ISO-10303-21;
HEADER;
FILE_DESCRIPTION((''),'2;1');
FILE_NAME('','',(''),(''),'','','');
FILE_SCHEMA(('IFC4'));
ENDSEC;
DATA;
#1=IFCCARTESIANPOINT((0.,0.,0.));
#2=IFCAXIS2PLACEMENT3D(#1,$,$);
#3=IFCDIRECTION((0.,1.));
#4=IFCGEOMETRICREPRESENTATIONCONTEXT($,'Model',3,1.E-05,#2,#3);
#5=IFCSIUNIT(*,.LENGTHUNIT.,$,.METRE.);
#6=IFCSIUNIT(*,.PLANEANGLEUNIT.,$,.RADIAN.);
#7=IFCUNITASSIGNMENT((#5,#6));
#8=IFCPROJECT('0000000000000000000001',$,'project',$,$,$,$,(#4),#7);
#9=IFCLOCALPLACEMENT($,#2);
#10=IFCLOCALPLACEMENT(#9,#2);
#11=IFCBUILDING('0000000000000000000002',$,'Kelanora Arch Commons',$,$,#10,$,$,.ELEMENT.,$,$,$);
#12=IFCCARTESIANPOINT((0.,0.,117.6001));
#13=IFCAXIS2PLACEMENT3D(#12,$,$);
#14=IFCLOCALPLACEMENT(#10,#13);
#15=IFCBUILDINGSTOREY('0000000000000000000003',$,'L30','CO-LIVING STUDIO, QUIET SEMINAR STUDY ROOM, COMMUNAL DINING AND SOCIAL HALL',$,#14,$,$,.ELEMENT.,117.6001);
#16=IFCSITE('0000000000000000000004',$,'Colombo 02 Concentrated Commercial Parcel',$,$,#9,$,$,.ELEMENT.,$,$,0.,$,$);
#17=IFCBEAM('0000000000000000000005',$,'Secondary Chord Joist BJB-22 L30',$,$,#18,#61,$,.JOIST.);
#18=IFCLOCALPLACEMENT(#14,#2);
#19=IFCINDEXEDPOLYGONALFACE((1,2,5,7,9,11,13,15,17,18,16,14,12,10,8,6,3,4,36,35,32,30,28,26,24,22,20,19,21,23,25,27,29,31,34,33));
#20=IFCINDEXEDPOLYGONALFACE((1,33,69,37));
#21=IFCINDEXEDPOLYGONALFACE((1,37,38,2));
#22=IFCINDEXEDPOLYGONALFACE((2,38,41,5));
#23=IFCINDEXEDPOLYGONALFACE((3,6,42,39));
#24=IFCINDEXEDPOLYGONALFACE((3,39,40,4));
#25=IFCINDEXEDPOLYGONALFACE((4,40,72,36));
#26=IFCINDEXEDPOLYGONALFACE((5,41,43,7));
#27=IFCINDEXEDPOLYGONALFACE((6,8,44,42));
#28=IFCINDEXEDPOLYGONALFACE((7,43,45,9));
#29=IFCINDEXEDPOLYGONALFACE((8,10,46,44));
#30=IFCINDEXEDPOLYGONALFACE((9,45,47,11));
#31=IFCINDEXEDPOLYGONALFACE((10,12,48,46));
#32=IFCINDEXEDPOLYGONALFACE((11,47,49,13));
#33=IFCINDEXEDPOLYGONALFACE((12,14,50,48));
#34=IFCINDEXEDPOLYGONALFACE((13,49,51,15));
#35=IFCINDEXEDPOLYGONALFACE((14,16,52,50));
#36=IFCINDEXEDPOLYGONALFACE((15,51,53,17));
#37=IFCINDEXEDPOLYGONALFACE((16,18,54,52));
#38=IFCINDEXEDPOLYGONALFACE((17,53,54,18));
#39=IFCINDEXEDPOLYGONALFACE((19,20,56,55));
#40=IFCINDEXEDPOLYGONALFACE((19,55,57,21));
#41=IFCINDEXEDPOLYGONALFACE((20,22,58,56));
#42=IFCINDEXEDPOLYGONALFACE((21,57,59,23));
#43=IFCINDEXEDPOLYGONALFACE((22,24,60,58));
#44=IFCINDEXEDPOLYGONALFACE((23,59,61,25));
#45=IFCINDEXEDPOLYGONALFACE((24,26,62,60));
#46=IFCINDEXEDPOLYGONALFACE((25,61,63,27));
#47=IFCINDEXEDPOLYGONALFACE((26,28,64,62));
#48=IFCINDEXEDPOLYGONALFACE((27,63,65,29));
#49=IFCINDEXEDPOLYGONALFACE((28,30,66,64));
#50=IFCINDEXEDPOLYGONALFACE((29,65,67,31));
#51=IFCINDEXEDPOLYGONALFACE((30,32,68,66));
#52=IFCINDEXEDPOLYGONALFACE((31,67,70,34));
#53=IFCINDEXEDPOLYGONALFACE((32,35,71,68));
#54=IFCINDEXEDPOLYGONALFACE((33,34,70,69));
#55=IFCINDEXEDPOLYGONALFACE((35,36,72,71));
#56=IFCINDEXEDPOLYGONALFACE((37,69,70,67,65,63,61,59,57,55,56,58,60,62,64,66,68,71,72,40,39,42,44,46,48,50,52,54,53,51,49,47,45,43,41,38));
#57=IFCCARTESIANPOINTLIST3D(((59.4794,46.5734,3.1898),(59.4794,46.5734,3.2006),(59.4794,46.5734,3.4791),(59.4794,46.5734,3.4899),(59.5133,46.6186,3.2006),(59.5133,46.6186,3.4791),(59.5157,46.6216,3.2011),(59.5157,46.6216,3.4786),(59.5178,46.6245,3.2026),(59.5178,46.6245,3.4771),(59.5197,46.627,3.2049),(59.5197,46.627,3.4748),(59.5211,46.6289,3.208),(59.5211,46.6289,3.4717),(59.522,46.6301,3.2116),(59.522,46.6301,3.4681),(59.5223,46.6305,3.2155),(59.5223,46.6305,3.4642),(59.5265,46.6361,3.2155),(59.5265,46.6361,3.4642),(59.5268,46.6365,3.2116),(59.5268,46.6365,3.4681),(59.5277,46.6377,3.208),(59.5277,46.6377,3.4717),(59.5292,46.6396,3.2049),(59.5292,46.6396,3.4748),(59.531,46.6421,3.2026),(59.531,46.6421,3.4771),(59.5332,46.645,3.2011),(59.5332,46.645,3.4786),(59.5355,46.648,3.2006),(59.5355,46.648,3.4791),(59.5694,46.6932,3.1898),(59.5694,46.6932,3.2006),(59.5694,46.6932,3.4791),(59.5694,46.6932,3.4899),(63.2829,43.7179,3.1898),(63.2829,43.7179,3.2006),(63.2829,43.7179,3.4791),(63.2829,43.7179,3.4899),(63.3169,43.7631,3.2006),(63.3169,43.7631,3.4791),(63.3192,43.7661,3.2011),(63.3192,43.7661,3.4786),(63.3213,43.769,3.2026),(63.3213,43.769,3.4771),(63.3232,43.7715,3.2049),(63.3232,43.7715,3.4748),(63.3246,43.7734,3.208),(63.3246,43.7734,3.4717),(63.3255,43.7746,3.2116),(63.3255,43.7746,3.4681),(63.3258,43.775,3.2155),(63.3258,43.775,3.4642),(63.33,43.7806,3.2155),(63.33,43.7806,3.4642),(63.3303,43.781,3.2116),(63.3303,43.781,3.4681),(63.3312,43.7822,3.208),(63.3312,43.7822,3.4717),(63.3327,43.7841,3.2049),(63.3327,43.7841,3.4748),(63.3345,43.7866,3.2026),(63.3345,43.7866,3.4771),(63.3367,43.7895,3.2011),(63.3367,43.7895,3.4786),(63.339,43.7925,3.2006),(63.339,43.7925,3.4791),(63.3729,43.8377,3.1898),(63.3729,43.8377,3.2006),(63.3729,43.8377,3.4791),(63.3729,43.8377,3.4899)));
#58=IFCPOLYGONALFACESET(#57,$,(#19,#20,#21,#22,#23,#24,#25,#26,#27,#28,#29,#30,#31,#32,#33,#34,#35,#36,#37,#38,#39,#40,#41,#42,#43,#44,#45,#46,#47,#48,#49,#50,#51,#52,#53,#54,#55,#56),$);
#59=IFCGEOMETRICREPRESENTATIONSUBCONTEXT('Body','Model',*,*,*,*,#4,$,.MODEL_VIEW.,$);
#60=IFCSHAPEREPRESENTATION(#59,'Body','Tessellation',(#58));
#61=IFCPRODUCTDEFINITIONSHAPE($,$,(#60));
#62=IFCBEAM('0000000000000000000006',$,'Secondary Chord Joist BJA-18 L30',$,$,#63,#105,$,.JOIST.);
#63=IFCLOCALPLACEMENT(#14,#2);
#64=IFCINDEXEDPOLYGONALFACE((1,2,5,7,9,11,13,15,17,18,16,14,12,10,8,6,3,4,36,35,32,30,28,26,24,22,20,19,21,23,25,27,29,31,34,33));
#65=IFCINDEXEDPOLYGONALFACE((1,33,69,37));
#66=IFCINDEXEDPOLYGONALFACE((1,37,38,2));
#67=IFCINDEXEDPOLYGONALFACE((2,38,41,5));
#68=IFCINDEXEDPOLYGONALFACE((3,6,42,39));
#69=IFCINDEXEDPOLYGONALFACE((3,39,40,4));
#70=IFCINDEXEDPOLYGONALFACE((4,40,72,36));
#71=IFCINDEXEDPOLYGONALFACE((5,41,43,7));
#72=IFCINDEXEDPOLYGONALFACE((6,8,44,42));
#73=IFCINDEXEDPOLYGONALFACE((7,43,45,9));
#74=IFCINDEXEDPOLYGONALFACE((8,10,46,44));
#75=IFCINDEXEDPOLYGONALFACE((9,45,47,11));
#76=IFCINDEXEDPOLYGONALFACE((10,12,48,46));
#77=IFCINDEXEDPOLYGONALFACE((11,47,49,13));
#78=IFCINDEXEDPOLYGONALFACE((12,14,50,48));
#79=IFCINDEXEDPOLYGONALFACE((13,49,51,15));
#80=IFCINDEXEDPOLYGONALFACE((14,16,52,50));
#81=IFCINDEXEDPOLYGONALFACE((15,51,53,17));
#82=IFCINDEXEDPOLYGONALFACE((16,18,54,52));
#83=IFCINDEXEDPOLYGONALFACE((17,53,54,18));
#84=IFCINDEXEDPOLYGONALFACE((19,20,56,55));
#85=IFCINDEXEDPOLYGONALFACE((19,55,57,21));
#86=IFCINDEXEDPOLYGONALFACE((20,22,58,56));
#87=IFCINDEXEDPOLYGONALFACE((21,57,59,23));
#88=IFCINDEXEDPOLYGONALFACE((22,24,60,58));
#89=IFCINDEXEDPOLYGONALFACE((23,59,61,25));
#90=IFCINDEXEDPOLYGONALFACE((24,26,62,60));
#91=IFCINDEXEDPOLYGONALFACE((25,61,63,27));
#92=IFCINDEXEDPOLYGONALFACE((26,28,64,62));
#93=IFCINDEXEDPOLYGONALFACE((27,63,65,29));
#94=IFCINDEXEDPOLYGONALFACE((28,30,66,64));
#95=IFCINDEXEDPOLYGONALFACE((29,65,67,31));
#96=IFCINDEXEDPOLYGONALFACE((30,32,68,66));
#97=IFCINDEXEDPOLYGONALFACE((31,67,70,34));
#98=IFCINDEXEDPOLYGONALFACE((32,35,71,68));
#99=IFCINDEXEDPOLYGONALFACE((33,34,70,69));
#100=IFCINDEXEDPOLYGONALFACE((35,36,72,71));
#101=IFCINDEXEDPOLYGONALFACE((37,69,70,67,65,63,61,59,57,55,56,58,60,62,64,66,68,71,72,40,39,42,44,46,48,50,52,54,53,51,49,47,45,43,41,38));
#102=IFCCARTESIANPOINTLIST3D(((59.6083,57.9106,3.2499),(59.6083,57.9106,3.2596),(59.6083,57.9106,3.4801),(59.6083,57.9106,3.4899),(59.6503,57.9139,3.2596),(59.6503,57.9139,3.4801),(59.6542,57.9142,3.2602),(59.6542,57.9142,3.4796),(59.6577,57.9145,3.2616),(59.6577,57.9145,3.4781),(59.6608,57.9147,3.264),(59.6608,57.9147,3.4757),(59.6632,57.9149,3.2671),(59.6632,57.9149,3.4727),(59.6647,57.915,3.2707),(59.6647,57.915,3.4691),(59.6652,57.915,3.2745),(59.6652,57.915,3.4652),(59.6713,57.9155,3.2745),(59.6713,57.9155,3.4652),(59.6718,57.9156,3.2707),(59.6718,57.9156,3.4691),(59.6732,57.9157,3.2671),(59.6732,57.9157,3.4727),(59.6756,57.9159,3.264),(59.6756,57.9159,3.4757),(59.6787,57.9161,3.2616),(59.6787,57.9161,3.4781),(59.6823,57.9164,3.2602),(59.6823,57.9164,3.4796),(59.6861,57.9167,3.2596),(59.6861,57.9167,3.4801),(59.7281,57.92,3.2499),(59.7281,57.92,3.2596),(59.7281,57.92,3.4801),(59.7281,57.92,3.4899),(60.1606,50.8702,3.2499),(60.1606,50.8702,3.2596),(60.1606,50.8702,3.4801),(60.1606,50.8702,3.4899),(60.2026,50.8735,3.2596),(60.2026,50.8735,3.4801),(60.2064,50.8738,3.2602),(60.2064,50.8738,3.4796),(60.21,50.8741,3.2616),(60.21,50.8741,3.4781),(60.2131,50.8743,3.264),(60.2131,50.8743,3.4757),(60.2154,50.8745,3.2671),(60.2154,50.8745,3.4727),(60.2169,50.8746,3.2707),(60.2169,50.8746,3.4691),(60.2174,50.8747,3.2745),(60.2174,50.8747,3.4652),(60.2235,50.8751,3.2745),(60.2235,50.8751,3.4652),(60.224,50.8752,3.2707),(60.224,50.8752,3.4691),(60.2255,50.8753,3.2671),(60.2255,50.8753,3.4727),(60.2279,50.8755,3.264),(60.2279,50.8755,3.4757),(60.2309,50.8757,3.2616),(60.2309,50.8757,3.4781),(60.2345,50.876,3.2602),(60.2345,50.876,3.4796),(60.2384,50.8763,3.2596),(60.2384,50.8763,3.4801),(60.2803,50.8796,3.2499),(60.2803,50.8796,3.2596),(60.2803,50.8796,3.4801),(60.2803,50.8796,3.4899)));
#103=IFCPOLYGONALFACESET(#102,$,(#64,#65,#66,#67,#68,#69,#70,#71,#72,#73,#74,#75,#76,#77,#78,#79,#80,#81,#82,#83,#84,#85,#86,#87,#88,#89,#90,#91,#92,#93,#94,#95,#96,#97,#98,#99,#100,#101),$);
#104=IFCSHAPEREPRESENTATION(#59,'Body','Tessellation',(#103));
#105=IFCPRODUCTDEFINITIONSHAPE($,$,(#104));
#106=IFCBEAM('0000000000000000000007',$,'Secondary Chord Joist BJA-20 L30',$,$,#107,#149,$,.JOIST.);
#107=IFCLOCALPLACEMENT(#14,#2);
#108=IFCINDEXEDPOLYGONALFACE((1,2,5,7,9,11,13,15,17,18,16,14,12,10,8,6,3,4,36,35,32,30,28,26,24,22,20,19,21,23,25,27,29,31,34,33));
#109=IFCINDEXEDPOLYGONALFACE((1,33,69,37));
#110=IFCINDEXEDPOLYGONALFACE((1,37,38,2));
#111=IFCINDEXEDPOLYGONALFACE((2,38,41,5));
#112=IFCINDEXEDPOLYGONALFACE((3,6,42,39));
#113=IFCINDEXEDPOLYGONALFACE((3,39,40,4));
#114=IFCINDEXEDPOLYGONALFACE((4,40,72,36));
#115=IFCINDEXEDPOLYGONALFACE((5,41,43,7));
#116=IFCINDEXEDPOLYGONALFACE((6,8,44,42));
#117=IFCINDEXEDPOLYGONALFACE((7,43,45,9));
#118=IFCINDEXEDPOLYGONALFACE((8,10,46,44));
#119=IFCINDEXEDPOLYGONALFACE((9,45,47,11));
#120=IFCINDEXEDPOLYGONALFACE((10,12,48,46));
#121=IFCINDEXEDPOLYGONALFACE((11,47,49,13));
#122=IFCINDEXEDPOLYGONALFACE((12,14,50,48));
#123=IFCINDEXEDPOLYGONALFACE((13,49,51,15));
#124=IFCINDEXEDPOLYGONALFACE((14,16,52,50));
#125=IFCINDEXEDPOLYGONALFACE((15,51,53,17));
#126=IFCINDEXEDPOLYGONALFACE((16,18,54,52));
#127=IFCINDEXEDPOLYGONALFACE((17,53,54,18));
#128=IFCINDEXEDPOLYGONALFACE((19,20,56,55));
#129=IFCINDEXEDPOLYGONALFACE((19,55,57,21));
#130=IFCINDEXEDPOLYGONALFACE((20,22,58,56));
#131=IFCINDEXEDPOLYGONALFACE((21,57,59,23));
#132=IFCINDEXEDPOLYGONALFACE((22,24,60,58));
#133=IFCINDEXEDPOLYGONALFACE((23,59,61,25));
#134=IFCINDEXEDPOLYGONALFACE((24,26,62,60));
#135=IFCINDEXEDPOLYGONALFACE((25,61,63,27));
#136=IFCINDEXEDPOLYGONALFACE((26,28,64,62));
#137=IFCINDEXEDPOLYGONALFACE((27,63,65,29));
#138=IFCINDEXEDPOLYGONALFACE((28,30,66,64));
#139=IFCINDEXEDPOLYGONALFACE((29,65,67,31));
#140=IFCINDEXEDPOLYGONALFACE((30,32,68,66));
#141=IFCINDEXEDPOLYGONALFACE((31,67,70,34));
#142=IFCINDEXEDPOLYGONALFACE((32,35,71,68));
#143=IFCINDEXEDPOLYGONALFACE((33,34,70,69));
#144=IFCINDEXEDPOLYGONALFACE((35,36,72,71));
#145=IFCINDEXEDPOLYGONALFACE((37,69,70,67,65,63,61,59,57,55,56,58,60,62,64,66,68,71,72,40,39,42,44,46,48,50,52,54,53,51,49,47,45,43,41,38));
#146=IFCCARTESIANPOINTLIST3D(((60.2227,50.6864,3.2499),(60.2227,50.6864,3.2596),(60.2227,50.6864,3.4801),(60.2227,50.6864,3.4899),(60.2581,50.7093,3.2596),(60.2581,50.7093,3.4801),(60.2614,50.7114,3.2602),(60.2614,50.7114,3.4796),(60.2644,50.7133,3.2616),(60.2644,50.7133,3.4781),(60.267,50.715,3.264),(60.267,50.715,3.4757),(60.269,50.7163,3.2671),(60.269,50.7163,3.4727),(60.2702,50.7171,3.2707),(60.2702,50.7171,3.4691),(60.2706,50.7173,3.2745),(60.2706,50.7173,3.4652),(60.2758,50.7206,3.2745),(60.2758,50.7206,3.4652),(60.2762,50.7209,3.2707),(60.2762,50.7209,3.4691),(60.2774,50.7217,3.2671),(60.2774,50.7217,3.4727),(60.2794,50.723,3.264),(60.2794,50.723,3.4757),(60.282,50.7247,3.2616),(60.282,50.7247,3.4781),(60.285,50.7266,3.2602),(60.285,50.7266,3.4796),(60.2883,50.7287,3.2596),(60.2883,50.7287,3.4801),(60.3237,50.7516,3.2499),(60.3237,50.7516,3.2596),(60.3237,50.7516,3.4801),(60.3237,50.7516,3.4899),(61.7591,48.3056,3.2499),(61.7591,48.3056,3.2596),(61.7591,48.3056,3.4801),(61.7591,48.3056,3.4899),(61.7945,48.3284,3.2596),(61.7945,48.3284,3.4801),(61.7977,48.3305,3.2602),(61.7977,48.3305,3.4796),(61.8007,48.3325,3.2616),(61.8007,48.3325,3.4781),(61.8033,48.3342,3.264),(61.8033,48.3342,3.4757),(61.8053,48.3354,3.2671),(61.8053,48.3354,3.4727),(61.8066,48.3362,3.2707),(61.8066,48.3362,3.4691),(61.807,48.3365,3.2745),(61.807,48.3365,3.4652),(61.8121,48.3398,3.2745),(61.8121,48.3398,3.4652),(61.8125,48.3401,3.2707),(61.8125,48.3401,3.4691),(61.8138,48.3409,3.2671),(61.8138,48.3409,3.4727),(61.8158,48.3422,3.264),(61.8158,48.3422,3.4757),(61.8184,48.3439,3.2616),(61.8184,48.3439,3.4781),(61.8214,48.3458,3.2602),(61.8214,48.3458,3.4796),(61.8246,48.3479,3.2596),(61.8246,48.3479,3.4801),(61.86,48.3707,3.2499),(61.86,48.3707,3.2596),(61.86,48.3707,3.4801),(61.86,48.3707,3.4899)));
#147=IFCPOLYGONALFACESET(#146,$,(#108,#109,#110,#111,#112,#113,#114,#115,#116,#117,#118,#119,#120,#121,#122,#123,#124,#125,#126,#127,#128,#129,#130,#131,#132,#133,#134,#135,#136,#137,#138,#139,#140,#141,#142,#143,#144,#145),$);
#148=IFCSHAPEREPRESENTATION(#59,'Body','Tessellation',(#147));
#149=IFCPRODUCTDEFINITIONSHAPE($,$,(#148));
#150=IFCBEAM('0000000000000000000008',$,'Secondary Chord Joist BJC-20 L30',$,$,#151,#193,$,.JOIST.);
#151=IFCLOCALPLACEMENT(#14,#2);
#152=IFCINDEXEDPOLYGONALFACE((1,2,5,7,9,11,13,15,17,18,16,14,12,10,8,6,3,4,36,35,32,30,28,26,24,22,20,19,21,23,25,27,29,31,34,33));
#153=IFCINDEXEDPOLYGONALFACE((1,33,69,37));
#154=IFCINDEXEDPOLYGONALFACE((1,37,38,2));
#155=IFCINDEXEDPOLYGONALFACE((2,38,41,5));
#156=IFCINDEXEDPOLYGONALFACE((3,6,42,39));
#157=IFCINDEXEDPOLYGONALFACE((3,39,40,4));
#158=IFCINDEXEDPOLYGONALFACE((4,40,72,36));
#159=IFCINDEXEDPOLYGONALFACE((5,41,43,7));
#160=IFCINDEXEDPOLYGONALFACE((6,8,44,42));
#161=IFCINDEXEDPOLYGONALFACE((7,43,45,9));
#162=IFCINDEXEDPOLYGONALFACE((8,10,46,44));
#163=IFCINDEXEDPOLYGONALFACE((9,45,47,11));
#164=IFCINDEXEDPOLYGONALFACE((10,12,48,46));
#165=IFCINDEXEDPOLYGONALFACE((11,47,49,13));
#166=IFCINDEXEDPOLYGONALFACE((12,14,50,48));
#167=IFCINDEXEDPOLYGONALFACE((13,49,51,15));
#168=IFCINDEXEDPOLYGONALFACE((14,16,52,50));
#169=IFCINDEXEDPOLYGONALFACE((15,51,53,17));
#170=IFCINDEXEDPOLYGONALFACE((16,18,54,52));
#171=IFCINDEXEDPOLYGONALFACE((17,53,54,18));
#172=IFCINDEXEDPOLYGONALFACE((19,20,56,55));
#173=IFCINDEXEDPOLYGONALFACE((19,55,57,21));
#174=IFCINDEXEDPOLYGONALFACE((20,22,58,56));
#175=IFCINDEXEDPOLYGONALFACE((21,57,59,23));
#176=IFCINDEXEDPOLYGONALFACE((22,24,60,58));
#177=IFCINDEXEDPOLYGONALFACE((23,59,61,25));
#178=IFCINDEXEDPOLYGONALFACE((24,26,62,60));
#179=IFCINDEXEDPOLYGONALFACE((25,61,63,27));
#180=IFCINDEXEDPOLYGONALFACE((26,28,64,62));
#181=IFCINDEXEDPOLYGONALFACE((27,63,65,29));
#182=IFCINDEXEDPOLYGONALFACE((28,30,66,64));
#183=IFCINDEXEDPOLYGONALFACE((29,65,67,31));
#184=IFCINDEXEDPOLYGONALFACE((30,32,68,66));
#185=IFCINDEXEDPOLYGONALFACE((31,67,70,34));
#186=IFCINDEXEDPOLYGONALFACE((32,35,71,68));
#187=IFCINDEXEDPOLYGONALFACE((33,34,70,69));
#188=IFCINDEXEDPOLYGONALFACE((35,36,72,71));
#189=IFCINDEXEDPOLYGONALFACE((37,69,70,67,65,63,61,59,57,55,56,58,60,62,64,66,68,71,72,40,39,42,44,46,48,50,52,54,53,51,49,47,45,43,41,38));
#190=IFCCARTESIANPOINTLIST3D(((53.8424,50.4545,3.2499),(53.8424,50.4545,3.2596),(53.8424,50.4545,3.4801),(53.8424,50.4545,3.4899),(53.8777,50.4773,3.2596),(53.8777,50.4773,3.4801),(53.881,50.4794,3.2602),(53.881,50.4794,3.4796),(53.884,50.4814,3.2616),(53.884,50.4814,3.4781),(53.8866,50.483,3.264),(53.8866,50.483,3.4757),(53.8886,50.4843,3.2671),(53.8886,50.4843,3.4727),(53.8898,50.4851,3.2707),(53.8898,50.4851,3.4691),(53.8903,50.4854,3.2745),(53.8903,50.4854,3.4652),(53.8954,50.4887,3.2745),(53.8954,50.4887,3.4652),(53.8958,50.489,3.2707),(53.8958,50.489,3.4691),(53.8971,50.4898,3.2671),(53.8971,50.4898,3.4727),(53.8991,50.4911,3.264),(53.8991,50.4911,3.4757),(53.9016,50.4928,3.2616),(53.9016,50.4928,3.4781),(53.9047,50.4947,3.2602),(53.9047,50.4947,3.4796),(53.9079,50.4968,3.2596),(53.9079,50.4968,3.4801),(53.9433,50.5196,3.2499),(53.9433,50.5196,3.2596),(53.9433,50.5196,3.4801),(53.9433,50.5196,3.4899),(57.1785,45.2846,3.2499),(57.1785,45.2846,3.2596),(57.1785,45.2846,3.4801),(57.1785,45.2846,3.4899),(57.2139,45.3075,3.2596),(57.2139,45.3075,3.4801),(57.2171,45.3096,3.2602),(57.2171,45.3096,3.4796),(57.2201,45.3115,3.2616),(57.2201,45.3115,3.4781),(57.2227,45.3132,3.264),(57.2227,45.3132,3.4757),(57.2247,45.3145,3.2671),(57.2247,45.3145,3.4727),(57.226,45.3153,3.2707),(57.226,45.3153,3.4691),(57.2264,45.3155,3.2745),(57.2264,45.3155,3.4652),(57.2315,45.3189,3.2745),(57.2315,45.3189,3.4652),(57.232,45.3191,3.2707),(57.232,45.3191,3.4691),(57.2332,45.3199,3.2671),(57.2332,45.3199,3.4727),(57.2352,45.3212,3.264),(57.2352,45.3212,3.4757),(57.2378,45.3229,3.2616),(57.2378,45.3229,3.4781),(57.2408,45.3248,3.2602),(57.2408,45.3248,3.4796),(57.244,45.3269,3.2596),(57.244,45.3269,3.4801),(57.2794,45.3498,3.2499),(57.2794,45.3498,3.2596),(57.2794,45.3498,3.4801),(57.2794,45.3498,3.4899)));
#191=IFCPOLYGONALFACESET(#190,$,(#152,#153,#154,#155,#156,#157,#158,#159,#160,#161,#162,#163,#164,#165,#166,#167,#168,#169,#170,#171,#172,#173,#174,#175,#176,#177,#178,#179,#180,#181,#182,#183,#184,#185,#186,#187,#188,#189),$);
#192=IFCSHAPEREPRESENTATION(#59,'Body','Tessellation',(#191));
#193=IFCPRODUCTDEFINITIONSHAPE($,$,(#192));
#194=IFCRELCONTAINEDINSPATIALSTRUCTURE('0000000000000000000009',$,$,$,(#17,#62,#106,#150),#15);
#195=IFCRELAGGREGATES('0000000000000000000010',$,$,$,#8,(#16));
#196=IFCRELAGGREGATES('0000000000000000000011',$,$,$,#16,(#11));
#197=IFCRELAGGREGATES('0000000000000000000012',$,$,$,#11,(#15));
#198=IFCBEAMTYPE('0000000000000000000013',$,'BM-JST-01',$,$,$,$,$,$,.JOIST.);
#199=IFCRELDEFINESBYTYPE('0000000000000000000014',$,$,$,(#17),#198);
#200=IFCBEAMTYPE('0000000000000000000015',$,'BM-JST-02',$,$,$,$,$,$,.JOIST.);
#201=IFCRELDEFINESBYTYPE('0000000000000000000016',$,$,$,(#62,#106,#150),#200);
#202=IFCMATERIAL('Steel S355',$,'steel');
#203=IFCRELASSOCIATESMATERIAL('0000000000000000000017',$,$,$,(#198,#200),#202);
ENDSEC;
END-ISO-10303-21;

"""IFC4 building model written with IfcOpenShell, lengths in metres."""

from ifc_helpers import new_model, si_unit, direction, frame, origin, origin_2d, place, context, subcontext, project, spatial, i_section, extrude, material, material_profile, profile_set, type_object, element, save


model = new_model("IFC4")

# Units and contexts
model_context = context("Model", 3, precision=1e-05, world=origin(), true_north=direction((0.0, 1.0)))
body_context = subcontext(model_context, "Body", "Model", "MODEL_VIEW")
ifc_project = project(units=[si_unit("LENGTHUNIT", "METRE"), si_unit("PLANEANGLEUNIT", "RADIAN")], contexts=[model_context])

# Site, building, storey
site_placement = place(None, origin())
site = spatial("IfcSite", under=ifc_project, at=site_placement, Name="Colombo 02 Concentrated Commercial Parcel", CompositionType="ELEMENT", RefElevation=0.0)
building_placement = place(site_placement, origin())
building = spatial("IfcBuilding", under=site, at=building_placement, Name="Kelanora Arch Commons", CompositionType="ELEMENT")
storey_placement = place(building_placement, frame((0.0, 0.0, 117.6001)))
storey = spatial("IfcBuildingStorey", under=building, at=storey_placement, Name="L30", Description="CO-LIVING STUDIO, QUIET SEMINAR STUDY ROOM, COMMUNAL DINING AND SOCIAL HALL", CompositionType="ELEMENT", Elevation=117.6001)

# Beams
ifc_material_1 = material(Name="Steel S355", Category="steel")
ifc_material_profile_1 = material_profile(ifc_material_1, i_section(OverallWidth=0.1499, OverallDepth=0.3, WebThickness=0.0071, FlangeThickness=0.0107, FilletRadius=0.0149, at=origin_2d()), Name="IPE300")
ifc_profile_set_1 = profile_set([ifc_material_profile_1], Name="Steel S355")
beam_type_1 = type_object("IfcBeamType", Name="BM-JST-01", PredefinedType="JOIST", material=ifc_profile_set_1)
beam_1_placement = place(storey_placement, frame((59.5244, 46.6333, 3.3398), z_axis=(0.79971, -0.600386, 0.0), x_axis=(0.600386, 0.79971, 0.0)))
element("IfcBeam", 1, at=beam_1_placement, inside=storey, type_object=beam_type_1, Name="Secondary Chord Joist BJB-22 L30", PredefinedType="JOIST", context=body_context, shape_type="SweptSolid", body=[
    extrude(i_section(OverallWidth=0.1499, OverallDepth=0.3, WebThickness=0.0071, FlangeThickness=0.0107, FilletRadius=0.0149, at=origin_2d()), origin(), (0.0, 0.0, 1.0), 4.7561),
])
ifc_material_profile_2 = material_profile(ifc_material_1, i_section(OverallWidth=0.1201, OverallDepth=0.24, WebThickness=0.0061, FlangeThickness=0.0098, FilletRadius=0.0149, at=origin_2d()), Name="IPE240")
ifc_profile_set_2 = profile_set([ifc_material_profile_2], Name="Steel S355")
beam_type_2 = type_object("IfcBeamType", Name="BM-JST-02", PredefinedType="JOIST", material=ifc_profile_set_2)
beam_2_placement = place(storey_placement, frame((59.6682, 57.9153, 3.3699), z_axis=(0.078201, -0.996938, 0.0), x_axis=(0.996938, 0.078201, 0.0)))
element("IfcBeam", 2, at=beam_2_placement, inside=storey, type_object=beam_type_2, Name="Secondary Chord Joist BJA-18 L30", PredefinedType="JOIST", context=body_context, shape_type="SweptSolid", body=[
    extrude(i_section(OverallWidth=0.1201, OverallDepth=0.24, WebThickness=0.0061, FlangeThickness=0.0098, FilletRadius=0.0149, at=origin_2d()), origin(), (0.0, 0.0, 1.0), 7.062),
])
beam_3_placement = place(storey_placement, frame((60.2732, 50.719, 3.3699), z_axis=(0.542211, -0.840242, 0.0), x_axis=(0.840242, 0.542211, 0.0)))
element("IfcBeam", 3, at=beam_3_placement, inside=storey, type_object=beam_type_2, Name="Secondary Chord Joist BJA-20 L30", PredefinedType="JOIST", context=body_context, shape_type="SweptSolid", body=[
    extrude(i_section(OverallWidth=0.1201, OverallDepth=0.24, WebThickness=0.0061, FlangeThickness=0.0098, FilletRadius=0.0149, at=origin_2d()), origin(), (0.0, 0.0, 1.0), 2.8335),
])
beam_4_placement = place(storey_placement, frame((53.8928, 50.4871, 3.3699), z_axis=(0.542213, -0.840241, 0.0), x_axis=(0.840241, 0.542213, 0.0)))
element("IfcBeam", 4, at=beam_4_placement, inside=storey, type_object=beam_type_2, Name="Secondary Chord Joist BJC-20 L30", PredefinedType="JOIST", context=body_context, shape_type="SweptSolid", body=[
    extrude(i_section(OverallWidth=0.1201, OverallDepth=0.24, WebThickness=0.0061, FlangeThickness=0.0098, FilletRadius=0.0149, at=origin_2d()), origin(), (0.0, 0.0, 1.0), 6.1528),
])

save(model, "model.ifc")
